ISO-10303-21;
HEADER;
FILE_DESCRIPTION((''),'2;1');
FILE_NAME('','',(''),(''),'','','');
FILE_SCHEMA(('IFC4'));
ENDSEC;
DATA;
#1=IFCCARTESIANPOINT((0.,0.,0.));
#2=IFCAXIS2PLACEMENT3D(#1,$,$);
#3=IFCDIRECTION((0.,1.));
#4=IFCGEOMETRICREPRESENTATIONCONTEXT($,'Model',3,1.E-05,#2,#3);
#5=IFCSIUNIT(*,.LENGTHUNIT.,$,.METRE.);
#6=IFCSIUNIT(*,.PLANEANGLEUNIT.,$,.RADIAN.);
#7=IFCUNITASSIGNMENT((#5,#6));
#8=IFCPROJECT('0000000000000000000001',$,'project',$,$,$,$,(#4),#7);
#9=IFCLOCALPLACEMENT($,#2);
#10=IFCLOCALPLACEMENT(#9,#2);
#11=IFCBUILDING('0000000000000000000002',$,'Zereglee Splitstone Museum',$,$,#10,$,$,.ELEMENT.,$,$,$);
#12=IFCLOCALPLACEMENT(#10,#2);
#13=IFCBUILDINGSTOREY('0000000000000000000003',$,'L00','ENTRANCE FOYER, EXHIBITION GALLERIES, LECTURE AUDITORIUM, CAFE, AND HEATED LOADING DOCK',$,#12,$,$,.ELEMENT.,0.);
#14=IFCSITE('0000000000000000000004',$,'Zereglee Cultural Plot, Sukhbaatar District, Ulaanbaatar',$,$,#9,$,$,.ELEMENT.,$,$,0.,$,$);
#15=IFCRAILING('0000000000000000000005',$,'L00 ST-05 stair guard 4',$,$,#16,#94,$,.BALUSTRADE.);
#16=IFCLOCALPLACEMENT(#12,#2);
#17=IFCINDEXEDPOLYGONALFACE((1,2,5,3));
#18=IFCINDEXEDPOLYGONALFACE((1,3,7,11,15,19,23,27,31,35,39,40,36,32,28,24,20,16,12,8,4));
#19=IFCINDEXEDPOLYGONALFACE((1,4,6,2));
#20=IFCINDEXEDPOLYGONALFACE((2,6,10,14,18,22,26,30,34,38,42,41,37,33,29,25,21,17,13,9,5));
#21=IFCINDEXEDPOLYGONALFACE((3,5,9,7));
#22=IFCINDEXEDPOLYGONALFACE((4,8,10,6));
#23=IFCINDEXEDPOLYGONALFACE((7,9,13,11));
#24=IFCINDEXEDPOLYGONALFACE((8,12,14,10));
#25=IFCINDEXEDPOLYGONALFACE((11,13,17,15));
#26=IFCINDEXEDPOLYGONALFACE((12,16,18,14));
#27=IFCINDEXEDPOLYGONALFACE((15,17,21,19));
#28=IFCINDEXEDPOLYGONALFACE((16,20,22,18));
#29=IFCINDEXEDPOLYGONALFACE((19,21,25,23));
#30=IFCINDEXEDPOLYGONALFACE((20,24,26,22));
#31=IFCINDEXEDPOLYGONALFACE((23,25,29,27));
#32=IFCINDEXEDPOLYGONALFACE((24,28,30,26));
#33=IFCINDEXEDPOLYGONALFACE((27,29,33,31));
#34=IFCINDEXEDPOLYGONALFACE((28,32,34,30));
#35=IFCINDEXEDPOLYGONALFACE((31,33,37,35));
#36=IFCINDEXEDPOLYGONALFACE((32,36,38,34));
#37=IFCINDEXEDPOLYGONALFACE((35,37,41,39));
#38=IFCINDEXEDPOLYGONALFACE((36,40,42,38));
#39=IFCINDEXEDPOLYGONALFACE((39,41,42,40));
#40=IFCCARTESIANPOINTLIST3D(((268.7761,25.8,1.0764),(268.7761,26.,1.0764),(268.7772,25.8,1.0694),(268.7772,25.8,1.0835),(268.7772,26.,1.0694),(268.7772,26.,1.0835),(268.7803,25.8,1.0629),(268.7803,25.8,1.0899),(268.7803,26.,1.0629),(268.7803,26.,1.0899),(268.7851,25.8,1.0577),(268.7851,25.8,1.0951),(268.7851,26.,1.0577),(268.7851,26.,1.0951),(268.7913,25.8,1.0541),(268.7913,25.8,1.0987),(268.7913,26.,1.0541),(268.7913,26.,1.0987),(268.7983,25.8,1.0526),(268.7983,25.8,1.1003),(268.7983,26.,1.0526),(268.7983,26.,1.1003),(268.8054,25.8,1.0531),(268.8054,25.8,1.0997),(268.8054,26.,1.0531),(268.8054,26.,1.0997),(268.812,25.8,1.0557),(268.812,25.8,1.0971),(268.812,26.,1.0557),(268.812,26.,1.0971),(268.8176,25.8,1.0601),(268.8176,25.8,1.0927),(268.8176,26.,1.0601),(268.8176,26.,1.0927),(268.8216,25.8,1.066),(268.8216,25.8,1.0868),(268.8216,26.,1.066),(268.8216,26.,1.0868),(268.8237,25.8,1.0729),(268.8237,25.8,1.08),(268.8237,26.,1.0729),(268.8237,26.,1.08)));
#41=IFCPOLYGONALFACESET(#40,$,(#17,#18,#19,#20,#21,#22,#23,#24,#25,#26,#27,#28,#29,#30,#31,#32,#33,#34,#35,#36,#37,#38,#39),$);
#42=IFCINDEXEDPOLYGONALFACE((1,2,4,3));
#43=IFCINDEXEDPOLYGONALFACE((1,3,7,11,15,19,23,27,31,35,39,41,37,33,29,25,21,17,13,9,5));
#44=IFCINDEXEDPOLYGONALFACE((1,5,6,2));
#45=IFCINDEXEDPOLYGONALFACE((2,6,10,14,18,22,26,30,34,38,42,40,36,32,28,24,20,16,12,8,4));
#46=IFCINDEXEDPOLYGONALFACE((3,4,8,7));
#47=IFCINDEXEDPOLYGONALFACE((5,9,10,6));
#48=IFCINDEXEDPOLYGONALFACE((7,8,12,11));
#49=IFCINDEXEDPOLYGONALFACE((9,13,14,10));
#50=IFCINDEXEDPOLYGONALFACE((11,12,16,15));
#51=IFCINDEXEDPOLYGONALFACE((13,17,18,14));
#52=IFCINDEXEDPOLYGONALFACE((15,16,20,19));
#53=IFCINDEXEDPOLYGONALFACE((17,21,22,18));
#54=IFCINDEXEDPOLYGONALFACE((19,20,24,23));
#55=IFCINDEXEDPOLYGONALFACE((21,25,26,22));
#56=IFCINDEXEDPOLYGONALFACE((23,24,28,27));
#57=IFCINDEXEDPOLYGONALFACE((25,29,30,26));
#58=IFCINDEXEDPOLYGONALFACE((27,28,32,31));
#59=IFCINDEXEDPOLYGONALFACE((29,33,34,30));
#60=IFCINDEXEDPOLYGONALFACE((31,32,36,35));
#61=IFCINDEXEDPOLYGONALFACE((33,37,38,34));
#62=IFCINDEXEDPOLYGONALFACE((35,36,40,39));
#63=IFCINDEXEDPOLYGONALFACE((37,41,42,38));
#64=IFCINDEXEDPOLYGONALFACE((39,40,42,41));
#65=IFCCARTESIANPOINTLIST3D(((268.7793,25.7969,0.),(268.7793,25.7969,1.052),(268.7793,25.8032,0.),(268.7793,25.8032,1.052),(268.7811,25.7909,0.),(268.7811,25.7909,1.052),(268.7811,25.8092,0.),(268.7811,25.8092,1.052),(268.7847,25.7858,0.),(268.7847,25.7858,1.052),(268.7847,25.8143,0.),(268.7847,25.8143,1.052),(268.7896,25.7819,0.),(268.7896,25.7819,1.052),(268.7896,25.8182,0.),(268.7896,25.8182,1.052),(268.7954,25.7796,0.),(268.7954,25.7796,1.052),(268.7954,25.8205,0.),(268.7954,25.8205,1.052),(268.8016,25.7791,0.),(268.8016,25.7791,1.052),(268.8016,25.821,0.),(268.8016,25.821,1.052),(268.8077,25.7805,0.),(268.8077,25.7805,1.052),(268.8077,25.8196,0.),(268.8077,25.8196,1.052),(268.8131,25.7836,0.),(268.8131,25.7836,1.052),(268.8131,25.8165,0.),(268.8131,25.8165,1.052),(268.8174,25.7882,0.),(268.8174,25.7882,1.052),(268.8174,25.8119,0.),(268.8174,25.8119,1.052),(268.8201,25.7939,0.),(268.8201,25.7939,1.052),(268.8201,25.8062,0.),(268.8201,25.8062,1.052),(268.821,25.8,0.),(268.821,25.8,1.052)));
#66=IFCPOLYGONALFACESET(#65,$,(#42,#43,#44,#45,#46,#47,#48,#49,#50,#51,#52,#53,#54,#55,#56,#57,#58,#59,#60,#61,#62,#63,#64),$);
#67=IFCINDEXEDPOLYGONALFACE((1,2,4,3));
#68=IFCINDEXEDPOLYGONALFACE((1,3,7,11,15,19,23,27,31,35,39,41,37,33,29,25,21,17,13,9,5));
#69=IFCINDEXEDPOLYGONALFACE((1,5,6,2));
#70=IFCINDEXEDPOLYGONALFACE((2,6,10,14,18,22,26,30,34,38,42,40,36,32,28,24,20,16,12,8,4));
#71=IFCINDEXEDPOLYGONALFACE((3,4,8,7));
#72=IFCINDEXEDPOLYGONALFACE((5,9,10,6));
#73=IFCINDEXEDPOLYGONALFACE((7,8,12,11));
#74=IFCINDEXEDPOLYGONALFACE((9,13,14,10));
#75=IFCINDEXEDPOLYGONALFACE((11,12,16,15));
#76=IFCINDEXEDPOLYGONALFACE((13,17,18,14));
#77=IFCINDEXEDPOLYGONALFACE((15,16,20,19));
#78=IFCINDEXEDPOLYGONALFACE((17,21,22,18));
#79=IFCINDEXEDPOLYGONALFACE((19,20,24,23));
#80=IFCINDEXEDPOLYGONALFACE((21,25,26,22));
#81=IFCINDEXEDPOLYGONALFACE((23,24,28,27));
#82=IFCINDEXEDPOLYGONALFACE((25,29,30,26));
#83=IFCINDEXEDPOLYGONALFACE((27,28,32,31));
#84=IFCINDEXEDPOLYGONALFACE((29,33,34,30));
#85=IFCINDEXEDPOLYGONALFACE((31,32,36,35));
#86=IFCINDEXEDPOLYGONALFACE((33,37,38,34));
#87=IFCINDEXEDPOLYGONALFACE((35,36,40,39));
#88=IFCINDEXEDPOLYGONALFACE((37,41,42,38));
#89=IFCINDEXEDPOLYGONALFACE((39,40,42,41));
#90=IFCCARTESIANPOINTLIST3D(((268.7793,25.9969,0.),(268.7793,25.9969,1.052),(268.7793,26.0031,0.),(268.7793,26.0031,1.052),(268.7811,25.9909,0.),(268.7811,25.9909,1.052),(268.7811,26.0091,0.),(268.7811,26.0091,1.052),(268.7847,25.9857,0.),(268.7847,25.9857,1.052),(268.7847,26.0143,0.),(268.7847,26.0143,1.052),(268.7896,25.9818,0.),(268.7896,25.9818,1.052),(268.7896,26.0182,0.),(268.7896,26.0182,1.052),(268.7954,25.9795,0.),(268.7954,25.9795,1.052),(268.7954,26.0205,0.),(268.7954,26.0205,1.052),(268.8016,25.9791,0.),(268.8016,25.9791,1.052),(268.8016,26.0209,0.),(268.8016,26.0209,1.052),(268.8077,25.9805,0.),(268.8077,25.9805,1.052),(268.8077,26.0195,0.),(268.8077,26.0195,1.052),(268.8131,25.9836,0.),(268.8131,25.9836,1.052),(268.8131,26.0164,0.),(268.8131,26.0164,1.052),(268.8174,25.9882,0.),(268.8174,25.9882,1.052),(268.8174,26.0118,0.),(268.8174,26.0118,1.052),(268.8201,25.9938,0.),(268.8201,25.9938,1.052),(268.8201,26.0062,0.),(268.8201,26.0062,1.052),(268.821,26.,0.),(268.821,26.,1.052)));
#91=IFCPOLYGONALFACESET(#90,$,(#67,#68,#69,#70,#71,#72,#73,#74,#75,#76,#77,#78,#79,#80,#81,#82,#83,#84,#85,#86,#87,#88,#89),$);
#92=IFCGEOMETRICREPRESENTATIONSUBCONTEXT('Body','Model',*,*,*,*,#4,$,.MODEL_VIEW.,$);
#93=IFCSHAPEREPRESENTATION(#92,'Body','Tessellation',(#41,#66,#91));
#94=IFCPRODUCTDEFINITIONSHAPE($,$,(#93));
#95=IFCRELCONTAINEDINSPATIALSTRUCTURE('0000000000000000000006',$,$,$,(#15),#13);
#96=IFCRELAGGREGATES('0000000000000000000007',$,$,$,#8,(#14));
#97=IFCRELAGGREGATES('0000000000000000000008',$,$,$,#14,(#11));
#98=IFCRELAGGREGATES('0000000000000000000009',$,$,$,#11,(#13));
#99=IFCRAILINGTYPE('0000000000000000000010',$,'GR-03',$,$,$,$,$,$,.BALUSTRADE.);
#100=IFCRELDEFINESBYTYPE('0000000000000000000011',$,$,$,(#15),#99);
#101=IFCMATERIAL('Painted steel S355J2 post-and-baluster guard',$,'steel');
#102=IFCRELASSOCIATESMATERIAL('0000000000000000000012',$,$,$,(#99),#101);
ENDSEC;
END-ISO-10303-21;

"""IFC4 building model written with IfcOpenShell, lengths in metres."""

from ifc_helpers import new_model, si_unit, direction, frame, origin, origin_2d, place, context, subcontext, project, spatial, circle, extrude, material, type_object, element, save


model = new_model("IFC4")

# Units and contexts
model_context = context("Model", 3, precision=1e-05, world=origin(), true_north=direction((0.0, 1.0)))
body_context = subcontext(model_context, "Body", "Model", "MODEL_VIEW")
ifc_project = project(units=[si_unit("LENGTHUNIT", "METRE"), si_unit("PLANEANGLEUNIT", "RADIAN")], contexts=[model_context])

# Site, building, storey
site_placement = place(None, origin())
site = spatial("IfcSite", under=ifc_project, at=site_placement, Name="Zereglee Cultural Plot, Sukhbaatar District, Ulaanbaatar", CompositionType="ELEMENT", RefElevation=0.0)
building_placement = place(site_placement, origin())
building = spatial("IfcBuilding", under=site, at=building_placement, Name="Zereglee Splitstone Museum", CompositionType="ELEMENT")
storey_placement = place(building_placement, origin())
storey = spatial("IfcBuildingStorey", under=building, at=storey_placement, Name="L00", Description="ENTRANCE FOYER, EXHIBITION GALLERIES, LECTURE AUDITORIUM, CAFE, AND HEATED LOADING DOCK", CompositionType="ELEMENT", Elevation=0.0)

# Railing
ifc_material_1 = material(Name="Painted steel S355J2 post-and-baluster guard", Category="steel")
railing_type_1 = type_object("IfcRailingType", Name="GR-03", PredefinedType="BALUSTRADE", material=ifc_material_1)
railing_1_placement = place(storey_placement, frame((268.8, 25.8, 0.0)))
element("IfcRailing", 1, at=railing_1_placement, inside=storey, type_object=railing_type_1, Name="L00 ST-05 stair guard 4", PredefinedType="BALUSTRADE", context=body_context, shape_type="SweptSolid", body=[
    extrude(circle(Radius=0.0239, at=origin_2d()), frame((0.0, 0.0, 1.0764), z_axis=(0.0, 1.0, 0.0), x_axis=(-1.0, 0.0, 0.0)), (0.0, 0.0, 1.0), 0.2),
    extrude(circle(Radius=0.021, at=origin_2d()), origin(), (0.0, 0.0, 1.0), 1.052),
    extrude(circle(Radius=0.021, at=origin_2d()), frame((0.0, 0.2, 0.0)), (0.0, 0.0, 1.0), 1.052),
])

save(model, "model.ifc")
